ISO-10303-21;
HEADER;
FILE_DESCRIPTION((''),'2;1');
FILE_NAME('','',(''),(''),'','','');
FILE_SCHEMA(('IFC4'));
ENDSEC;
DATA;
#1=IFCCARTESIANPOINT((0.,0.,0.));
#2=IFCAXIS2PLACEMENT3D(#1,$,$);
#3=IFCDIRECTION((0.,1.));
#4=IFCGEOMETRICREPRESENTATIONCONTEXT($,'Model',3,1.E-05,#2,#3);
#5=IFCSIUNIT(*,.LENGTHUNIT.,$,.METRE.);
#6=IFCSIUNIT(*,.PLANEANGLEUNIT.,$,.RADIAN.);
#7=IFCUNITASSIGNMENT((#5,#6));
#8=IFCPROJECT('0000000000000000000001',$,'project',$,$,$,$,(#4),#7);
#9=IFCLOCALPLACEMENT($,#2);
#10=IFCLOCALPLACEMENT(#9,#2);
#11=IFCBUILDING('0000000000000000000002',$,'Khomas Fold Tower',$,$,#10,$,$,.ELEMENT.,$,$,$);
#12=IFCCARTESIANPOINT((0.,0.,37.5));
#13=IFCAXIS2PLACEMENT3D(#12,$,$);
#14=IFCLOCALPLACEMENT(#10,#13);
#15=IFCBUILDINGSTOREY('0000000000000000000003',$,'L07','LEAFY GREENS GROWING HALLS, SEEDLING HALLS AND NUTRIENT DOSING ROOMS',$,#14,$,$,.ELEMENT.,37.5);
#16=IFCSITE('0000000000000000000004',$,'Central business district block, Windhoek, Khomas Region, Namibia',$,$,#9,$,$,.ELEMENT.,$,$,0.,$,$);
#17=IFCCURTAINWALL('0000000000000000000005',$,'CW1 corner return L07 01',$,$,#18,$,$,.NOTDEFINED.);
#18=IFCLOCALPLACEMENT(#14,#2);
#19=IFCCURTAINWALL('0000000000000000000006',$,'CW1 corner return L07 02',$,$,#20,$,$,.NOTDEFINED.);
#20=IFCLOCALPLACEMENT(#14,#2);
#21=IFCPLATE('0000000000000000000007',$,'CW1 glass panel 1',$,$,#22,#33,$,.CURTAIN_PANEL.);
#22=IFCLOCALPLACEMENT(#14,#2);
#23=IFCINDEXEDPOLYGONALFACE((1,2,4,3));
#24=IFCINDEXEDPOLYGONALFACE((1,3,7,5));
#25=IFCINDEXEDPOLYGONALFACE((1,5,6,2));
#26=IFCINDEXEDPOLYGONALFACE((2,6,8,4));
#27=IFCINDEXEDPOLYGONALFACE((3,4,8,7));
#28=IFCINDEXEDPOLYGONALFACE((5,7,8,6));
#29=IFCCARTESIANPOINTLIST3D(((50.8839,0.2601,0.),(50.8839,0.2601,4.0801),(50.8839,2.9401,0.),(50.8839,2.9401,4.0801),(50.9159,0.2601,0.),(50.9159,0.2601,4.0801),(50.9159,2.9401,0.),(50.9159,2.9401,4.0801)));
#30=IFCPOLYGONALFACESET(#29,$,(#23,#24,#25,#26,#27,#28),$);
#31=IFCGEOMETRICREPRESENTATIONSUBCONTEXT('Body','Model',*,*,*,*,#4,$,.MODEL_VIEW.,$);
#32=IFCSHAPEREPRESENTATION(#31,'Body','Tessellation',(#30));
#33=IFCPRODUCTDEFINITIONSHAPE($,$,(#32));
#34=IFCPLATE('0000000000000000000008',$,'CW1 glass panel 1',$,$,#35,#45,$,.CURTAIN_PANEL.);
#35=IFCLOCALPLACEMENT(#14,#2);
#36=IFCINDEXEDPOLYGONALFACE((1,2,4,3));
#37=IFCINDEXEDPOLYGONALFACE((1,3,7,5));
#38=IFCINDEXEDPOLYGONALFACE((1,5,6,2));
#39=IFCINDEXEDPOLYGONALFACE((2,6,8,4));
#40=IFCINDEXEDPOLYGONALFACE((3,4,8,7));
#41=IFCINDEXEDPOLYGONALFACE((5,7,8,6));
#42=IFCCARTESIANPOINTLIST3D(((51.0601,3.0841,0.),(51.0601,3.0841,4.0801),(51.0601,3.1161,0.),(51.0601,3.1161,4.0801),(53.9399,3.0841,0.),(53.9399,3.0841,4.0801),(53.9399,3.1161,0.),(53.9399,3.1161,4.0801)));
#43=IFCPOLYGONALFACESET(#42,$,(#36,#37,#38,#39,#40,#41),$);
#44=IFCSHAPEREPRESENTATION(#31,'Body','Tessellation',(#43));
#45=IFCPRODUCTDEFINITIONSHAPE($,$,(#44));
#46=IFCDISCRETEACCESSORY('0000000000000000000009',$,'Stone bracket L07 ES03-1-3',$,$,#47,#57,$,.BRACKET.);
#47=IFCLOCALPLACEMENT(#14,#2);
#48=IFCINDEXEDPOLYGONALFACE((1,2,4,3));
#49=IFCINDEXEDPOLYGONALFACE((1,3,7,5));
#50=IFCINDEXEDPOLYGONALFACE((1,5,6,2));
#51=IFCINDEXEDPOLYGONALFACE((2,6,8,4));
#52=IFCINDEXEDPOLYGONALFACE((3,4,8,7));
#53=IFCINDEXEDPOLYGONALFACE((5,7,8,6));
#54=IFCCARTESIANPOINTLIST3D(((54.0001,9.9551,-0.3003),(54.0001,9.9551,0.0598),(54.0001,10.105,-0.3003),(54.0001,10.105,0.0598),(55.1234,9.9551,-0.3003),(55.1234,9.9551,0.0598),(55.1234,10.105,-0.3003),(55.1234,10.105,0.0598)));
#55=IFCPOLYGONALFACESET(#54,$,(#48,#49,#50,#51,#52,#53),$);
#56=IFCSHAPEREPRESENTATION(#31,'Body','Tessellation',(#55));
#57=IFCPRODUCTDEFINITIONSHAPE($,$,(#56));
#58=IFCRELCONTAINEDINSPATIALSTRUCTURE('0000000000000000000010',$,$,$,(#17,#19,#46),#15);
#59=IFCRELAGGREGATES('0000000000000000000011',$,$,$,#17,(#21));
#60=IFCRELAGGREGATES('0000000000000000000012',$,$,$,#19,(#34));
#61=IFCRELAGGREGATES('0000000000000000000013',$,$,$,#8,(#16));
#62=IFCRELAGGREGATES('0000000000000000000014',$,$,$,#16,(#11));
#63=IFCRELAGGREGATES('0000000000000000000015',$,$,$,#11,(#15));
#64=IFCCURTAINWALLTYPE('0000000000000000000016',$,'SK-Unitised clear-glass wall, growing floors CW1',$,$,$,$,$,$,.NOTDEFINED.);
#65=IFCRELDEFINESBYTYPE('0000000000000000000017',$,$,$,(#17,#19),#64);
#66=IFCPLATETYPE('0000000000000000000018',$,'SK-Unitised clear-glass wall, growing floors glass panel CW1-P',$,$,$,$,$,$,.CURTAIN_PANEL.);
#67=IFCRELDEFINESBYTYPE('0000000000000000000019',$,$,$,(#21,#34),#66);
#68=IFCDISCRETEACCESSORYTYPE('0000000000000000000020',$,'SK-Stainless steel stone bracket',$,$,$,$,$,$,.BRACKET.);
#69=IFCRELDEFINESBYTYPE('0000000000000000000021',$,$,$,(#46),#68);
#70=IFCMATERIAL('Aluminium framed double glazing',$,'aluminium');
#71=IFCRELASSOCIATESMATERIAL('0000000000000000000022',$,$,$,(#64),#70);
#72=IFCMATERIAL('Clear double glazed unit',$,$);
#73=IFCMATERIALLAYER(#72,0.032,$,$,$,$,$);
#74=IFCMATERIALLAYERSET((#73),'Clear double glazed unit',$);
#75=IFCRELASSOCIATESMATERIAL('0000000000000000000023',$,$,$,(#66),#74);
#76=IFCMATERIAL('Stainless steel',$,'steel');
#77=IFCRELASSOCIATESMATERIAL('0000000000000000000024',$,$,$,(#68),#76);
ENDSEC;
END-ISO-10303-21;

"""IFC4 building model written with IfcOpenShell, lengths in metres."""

from ifc_helpers import new_model, si_unit, direction, frame, origin, origin_2d, place, context, subcontext, project, spatial, rectangle, extrude, source, transform, mapped, material, layer, layer_set, type_object, element, aggregate, save


model = new_model("IFC4")

# Units and contexts
model_context = context("Model", 3, precision=1e-05, world=origin(), true_north=direction((0.0, 1.0)))
body_context = subcontext(model_context, "Body", "Model", "MODEL_VIEW")
ifc_project = project(units=[si_unit("LENGTHUNIT", "METRE"), si_unit("PLANEANGLEUNIT", "RADIAN")], contexts=[model_context])

# Site, building, storey
site_placement = place(None, origin())
site = spatial("IfcSite", under=ifc_project, at=site_placement, Name="Central business district block, Windhoek, Khomas Region, Namibia", CompositionType="ELEMENT", RefElevation=0.0)
building_placement = place(site_placement, origin())
building = spatial("IfcBuilding", under=site, at=building_placement, Name="Khomas Fold Tower", CompositionType="ELEMENT")
storey_placement = place(building_placement, frame((0.0, 0.0, 37.5)))
storey = spatial("IfcBuildingStorey", under=building, at=storey_placement, Name="L07", Description="LEAFY GREENS GROWING HALLS, SEEDLING HALLS AND NUTRIENT DOSING ROOMS", CompositionType="ELEMENT", Elevation=37.5)

# Shared definitions
ifc_material_1 = material(Name="Aluminium framed double glazing", Category="aluminium")
curtain_wall_type = type_object("IfcCurtainWallType", Name="SK-Unitised clear-glass wall, growing floors CW1", PredefinedType="NOTDEFINED", material=ifc_material_1)

# Curtain walls
curtain_wall_1_placement = place(storey_placement, origin())
curtain_wall_1 = element("IfcCurtainWall", 1, at=curtain_wall_1_placement, inside=storey, type_object=curtain_wall_type, Name="CW1 corner return L07 01", PredefinedType="NOTDEFINED")
curtain_wall_2_placement = place(storey_placement, origin())
curtain_wall_2 = element("IfcCurtainWall", 2, at=curtain_wall_2_placement, inside=storey, type_object=curtain_wall_type, Name="CW1 corner return L07 02", PredefinedType="NOTDEFINED")

# Plates
ifc_material_2 = material(Name="Clear double glazed unit")
ifc_layer = layer(ifc_material_2, 0.032)
ifc_layer_set = layer_set([ifc_layer], Name="Clear double glazed unit")
plate_type = type_object("IfcPlateType", Name="SK-Unitised clear-glass wall, growing floors glass panel CW1-P", PredefinedType="CURTAIN_PANEL", material=ifc_layer_set)
shared_shape_1 = source(origin(), body_context, "Body", "SweptSolid", [
    extrude(rectangle(XDim=2.6799, YDim=0.032, at=origin_2d()), origin(), (0.0, 0.0, 1.0), 4.0801),
])
plate_1_placement = place(storey_placement, frame((50.8999, 1.6001, 0.0), z_axis=(0.0, 0.0, 1.0), x_axis=(0.0, 1.0, 0.0)))
plate_1 = element("IfcPlate", 3, at=plate_1_placement, type_object=plate_type, Name="CW1 glass panel 1", PredefinedType="CURTAIN_PANEL", context=body_context, shape_type="MappedRepresentation", body=[
    mapped(shared_shape_1, transform((0.0, 0.0, 0.0))),
])
aggregate(curtain_wall_1, [plate_1])
shared_shape_2 = source(origin(), body_context, "Body", "SweptSolid", [
    extrude(rectangle(XDim=2.8799, YDim=0.032, at=origin_2d()), origin(), (0.0, 0.0, 1.0), 4.0801),
])
plate_2_placement = place(storey_placement, frame((52.5, 3.1001, 0.0), z_axis=(0.0, 0.0, 1.0), x_axis=(1.0, 0.0, 0.0)))
plate_2 = element("IfcPlate", 4, at=plate_2_placement, type_object=plate_type, Name="CW1 glass panel 1", PredefinedType="CURTAIN_PANEL", context=body_context, shape_type="MappedRepresentation", body=[
    mapped(shared_shape_2, transform((0.0, 0.0, 0.0))),
])
aggregate(curtain_wall_2, [plate_2])

# Discrete accessory
ifc_material_3 = material(Name="Stainless steel", Category="steel")
discrete_accessory_type = type_object("IfcDiscreteAccessoryType", Name="SK-Stainless steel stone bracket", PredefinedType="BRACKET", material=ifc_material_3)
shared_shape_3 = source(origin(), body_context, "Body", "SweptSolid", [
    extrude(rectangle(XDim=1.1233, YDim=0.1499, at=origin_2d()), origin(), (0.0, 0.0, 1.0), 0.3601),
])
discrete_accessory_placement = place(storey_placement, frame((54.5618, 10.03, -0.3003), z_axis=(0.0, 0.0, 1.0), x_axis=(1.0, 0.0, 0.0)))
element("IfcDiscreteAccessory", 5, at=discrete_accessory_placement, inside=storey, type_object=discrete_accessory_type, Name="Stone bracket L07 ES03-1-3", PredefinedType="BRACKET", context=body_context, shape_type="MappedRepresentation", body=[
    mapped(shared_shape_3, transform((0.0, 0.0, 0.0))),
])

save(model, "model.ifc")
